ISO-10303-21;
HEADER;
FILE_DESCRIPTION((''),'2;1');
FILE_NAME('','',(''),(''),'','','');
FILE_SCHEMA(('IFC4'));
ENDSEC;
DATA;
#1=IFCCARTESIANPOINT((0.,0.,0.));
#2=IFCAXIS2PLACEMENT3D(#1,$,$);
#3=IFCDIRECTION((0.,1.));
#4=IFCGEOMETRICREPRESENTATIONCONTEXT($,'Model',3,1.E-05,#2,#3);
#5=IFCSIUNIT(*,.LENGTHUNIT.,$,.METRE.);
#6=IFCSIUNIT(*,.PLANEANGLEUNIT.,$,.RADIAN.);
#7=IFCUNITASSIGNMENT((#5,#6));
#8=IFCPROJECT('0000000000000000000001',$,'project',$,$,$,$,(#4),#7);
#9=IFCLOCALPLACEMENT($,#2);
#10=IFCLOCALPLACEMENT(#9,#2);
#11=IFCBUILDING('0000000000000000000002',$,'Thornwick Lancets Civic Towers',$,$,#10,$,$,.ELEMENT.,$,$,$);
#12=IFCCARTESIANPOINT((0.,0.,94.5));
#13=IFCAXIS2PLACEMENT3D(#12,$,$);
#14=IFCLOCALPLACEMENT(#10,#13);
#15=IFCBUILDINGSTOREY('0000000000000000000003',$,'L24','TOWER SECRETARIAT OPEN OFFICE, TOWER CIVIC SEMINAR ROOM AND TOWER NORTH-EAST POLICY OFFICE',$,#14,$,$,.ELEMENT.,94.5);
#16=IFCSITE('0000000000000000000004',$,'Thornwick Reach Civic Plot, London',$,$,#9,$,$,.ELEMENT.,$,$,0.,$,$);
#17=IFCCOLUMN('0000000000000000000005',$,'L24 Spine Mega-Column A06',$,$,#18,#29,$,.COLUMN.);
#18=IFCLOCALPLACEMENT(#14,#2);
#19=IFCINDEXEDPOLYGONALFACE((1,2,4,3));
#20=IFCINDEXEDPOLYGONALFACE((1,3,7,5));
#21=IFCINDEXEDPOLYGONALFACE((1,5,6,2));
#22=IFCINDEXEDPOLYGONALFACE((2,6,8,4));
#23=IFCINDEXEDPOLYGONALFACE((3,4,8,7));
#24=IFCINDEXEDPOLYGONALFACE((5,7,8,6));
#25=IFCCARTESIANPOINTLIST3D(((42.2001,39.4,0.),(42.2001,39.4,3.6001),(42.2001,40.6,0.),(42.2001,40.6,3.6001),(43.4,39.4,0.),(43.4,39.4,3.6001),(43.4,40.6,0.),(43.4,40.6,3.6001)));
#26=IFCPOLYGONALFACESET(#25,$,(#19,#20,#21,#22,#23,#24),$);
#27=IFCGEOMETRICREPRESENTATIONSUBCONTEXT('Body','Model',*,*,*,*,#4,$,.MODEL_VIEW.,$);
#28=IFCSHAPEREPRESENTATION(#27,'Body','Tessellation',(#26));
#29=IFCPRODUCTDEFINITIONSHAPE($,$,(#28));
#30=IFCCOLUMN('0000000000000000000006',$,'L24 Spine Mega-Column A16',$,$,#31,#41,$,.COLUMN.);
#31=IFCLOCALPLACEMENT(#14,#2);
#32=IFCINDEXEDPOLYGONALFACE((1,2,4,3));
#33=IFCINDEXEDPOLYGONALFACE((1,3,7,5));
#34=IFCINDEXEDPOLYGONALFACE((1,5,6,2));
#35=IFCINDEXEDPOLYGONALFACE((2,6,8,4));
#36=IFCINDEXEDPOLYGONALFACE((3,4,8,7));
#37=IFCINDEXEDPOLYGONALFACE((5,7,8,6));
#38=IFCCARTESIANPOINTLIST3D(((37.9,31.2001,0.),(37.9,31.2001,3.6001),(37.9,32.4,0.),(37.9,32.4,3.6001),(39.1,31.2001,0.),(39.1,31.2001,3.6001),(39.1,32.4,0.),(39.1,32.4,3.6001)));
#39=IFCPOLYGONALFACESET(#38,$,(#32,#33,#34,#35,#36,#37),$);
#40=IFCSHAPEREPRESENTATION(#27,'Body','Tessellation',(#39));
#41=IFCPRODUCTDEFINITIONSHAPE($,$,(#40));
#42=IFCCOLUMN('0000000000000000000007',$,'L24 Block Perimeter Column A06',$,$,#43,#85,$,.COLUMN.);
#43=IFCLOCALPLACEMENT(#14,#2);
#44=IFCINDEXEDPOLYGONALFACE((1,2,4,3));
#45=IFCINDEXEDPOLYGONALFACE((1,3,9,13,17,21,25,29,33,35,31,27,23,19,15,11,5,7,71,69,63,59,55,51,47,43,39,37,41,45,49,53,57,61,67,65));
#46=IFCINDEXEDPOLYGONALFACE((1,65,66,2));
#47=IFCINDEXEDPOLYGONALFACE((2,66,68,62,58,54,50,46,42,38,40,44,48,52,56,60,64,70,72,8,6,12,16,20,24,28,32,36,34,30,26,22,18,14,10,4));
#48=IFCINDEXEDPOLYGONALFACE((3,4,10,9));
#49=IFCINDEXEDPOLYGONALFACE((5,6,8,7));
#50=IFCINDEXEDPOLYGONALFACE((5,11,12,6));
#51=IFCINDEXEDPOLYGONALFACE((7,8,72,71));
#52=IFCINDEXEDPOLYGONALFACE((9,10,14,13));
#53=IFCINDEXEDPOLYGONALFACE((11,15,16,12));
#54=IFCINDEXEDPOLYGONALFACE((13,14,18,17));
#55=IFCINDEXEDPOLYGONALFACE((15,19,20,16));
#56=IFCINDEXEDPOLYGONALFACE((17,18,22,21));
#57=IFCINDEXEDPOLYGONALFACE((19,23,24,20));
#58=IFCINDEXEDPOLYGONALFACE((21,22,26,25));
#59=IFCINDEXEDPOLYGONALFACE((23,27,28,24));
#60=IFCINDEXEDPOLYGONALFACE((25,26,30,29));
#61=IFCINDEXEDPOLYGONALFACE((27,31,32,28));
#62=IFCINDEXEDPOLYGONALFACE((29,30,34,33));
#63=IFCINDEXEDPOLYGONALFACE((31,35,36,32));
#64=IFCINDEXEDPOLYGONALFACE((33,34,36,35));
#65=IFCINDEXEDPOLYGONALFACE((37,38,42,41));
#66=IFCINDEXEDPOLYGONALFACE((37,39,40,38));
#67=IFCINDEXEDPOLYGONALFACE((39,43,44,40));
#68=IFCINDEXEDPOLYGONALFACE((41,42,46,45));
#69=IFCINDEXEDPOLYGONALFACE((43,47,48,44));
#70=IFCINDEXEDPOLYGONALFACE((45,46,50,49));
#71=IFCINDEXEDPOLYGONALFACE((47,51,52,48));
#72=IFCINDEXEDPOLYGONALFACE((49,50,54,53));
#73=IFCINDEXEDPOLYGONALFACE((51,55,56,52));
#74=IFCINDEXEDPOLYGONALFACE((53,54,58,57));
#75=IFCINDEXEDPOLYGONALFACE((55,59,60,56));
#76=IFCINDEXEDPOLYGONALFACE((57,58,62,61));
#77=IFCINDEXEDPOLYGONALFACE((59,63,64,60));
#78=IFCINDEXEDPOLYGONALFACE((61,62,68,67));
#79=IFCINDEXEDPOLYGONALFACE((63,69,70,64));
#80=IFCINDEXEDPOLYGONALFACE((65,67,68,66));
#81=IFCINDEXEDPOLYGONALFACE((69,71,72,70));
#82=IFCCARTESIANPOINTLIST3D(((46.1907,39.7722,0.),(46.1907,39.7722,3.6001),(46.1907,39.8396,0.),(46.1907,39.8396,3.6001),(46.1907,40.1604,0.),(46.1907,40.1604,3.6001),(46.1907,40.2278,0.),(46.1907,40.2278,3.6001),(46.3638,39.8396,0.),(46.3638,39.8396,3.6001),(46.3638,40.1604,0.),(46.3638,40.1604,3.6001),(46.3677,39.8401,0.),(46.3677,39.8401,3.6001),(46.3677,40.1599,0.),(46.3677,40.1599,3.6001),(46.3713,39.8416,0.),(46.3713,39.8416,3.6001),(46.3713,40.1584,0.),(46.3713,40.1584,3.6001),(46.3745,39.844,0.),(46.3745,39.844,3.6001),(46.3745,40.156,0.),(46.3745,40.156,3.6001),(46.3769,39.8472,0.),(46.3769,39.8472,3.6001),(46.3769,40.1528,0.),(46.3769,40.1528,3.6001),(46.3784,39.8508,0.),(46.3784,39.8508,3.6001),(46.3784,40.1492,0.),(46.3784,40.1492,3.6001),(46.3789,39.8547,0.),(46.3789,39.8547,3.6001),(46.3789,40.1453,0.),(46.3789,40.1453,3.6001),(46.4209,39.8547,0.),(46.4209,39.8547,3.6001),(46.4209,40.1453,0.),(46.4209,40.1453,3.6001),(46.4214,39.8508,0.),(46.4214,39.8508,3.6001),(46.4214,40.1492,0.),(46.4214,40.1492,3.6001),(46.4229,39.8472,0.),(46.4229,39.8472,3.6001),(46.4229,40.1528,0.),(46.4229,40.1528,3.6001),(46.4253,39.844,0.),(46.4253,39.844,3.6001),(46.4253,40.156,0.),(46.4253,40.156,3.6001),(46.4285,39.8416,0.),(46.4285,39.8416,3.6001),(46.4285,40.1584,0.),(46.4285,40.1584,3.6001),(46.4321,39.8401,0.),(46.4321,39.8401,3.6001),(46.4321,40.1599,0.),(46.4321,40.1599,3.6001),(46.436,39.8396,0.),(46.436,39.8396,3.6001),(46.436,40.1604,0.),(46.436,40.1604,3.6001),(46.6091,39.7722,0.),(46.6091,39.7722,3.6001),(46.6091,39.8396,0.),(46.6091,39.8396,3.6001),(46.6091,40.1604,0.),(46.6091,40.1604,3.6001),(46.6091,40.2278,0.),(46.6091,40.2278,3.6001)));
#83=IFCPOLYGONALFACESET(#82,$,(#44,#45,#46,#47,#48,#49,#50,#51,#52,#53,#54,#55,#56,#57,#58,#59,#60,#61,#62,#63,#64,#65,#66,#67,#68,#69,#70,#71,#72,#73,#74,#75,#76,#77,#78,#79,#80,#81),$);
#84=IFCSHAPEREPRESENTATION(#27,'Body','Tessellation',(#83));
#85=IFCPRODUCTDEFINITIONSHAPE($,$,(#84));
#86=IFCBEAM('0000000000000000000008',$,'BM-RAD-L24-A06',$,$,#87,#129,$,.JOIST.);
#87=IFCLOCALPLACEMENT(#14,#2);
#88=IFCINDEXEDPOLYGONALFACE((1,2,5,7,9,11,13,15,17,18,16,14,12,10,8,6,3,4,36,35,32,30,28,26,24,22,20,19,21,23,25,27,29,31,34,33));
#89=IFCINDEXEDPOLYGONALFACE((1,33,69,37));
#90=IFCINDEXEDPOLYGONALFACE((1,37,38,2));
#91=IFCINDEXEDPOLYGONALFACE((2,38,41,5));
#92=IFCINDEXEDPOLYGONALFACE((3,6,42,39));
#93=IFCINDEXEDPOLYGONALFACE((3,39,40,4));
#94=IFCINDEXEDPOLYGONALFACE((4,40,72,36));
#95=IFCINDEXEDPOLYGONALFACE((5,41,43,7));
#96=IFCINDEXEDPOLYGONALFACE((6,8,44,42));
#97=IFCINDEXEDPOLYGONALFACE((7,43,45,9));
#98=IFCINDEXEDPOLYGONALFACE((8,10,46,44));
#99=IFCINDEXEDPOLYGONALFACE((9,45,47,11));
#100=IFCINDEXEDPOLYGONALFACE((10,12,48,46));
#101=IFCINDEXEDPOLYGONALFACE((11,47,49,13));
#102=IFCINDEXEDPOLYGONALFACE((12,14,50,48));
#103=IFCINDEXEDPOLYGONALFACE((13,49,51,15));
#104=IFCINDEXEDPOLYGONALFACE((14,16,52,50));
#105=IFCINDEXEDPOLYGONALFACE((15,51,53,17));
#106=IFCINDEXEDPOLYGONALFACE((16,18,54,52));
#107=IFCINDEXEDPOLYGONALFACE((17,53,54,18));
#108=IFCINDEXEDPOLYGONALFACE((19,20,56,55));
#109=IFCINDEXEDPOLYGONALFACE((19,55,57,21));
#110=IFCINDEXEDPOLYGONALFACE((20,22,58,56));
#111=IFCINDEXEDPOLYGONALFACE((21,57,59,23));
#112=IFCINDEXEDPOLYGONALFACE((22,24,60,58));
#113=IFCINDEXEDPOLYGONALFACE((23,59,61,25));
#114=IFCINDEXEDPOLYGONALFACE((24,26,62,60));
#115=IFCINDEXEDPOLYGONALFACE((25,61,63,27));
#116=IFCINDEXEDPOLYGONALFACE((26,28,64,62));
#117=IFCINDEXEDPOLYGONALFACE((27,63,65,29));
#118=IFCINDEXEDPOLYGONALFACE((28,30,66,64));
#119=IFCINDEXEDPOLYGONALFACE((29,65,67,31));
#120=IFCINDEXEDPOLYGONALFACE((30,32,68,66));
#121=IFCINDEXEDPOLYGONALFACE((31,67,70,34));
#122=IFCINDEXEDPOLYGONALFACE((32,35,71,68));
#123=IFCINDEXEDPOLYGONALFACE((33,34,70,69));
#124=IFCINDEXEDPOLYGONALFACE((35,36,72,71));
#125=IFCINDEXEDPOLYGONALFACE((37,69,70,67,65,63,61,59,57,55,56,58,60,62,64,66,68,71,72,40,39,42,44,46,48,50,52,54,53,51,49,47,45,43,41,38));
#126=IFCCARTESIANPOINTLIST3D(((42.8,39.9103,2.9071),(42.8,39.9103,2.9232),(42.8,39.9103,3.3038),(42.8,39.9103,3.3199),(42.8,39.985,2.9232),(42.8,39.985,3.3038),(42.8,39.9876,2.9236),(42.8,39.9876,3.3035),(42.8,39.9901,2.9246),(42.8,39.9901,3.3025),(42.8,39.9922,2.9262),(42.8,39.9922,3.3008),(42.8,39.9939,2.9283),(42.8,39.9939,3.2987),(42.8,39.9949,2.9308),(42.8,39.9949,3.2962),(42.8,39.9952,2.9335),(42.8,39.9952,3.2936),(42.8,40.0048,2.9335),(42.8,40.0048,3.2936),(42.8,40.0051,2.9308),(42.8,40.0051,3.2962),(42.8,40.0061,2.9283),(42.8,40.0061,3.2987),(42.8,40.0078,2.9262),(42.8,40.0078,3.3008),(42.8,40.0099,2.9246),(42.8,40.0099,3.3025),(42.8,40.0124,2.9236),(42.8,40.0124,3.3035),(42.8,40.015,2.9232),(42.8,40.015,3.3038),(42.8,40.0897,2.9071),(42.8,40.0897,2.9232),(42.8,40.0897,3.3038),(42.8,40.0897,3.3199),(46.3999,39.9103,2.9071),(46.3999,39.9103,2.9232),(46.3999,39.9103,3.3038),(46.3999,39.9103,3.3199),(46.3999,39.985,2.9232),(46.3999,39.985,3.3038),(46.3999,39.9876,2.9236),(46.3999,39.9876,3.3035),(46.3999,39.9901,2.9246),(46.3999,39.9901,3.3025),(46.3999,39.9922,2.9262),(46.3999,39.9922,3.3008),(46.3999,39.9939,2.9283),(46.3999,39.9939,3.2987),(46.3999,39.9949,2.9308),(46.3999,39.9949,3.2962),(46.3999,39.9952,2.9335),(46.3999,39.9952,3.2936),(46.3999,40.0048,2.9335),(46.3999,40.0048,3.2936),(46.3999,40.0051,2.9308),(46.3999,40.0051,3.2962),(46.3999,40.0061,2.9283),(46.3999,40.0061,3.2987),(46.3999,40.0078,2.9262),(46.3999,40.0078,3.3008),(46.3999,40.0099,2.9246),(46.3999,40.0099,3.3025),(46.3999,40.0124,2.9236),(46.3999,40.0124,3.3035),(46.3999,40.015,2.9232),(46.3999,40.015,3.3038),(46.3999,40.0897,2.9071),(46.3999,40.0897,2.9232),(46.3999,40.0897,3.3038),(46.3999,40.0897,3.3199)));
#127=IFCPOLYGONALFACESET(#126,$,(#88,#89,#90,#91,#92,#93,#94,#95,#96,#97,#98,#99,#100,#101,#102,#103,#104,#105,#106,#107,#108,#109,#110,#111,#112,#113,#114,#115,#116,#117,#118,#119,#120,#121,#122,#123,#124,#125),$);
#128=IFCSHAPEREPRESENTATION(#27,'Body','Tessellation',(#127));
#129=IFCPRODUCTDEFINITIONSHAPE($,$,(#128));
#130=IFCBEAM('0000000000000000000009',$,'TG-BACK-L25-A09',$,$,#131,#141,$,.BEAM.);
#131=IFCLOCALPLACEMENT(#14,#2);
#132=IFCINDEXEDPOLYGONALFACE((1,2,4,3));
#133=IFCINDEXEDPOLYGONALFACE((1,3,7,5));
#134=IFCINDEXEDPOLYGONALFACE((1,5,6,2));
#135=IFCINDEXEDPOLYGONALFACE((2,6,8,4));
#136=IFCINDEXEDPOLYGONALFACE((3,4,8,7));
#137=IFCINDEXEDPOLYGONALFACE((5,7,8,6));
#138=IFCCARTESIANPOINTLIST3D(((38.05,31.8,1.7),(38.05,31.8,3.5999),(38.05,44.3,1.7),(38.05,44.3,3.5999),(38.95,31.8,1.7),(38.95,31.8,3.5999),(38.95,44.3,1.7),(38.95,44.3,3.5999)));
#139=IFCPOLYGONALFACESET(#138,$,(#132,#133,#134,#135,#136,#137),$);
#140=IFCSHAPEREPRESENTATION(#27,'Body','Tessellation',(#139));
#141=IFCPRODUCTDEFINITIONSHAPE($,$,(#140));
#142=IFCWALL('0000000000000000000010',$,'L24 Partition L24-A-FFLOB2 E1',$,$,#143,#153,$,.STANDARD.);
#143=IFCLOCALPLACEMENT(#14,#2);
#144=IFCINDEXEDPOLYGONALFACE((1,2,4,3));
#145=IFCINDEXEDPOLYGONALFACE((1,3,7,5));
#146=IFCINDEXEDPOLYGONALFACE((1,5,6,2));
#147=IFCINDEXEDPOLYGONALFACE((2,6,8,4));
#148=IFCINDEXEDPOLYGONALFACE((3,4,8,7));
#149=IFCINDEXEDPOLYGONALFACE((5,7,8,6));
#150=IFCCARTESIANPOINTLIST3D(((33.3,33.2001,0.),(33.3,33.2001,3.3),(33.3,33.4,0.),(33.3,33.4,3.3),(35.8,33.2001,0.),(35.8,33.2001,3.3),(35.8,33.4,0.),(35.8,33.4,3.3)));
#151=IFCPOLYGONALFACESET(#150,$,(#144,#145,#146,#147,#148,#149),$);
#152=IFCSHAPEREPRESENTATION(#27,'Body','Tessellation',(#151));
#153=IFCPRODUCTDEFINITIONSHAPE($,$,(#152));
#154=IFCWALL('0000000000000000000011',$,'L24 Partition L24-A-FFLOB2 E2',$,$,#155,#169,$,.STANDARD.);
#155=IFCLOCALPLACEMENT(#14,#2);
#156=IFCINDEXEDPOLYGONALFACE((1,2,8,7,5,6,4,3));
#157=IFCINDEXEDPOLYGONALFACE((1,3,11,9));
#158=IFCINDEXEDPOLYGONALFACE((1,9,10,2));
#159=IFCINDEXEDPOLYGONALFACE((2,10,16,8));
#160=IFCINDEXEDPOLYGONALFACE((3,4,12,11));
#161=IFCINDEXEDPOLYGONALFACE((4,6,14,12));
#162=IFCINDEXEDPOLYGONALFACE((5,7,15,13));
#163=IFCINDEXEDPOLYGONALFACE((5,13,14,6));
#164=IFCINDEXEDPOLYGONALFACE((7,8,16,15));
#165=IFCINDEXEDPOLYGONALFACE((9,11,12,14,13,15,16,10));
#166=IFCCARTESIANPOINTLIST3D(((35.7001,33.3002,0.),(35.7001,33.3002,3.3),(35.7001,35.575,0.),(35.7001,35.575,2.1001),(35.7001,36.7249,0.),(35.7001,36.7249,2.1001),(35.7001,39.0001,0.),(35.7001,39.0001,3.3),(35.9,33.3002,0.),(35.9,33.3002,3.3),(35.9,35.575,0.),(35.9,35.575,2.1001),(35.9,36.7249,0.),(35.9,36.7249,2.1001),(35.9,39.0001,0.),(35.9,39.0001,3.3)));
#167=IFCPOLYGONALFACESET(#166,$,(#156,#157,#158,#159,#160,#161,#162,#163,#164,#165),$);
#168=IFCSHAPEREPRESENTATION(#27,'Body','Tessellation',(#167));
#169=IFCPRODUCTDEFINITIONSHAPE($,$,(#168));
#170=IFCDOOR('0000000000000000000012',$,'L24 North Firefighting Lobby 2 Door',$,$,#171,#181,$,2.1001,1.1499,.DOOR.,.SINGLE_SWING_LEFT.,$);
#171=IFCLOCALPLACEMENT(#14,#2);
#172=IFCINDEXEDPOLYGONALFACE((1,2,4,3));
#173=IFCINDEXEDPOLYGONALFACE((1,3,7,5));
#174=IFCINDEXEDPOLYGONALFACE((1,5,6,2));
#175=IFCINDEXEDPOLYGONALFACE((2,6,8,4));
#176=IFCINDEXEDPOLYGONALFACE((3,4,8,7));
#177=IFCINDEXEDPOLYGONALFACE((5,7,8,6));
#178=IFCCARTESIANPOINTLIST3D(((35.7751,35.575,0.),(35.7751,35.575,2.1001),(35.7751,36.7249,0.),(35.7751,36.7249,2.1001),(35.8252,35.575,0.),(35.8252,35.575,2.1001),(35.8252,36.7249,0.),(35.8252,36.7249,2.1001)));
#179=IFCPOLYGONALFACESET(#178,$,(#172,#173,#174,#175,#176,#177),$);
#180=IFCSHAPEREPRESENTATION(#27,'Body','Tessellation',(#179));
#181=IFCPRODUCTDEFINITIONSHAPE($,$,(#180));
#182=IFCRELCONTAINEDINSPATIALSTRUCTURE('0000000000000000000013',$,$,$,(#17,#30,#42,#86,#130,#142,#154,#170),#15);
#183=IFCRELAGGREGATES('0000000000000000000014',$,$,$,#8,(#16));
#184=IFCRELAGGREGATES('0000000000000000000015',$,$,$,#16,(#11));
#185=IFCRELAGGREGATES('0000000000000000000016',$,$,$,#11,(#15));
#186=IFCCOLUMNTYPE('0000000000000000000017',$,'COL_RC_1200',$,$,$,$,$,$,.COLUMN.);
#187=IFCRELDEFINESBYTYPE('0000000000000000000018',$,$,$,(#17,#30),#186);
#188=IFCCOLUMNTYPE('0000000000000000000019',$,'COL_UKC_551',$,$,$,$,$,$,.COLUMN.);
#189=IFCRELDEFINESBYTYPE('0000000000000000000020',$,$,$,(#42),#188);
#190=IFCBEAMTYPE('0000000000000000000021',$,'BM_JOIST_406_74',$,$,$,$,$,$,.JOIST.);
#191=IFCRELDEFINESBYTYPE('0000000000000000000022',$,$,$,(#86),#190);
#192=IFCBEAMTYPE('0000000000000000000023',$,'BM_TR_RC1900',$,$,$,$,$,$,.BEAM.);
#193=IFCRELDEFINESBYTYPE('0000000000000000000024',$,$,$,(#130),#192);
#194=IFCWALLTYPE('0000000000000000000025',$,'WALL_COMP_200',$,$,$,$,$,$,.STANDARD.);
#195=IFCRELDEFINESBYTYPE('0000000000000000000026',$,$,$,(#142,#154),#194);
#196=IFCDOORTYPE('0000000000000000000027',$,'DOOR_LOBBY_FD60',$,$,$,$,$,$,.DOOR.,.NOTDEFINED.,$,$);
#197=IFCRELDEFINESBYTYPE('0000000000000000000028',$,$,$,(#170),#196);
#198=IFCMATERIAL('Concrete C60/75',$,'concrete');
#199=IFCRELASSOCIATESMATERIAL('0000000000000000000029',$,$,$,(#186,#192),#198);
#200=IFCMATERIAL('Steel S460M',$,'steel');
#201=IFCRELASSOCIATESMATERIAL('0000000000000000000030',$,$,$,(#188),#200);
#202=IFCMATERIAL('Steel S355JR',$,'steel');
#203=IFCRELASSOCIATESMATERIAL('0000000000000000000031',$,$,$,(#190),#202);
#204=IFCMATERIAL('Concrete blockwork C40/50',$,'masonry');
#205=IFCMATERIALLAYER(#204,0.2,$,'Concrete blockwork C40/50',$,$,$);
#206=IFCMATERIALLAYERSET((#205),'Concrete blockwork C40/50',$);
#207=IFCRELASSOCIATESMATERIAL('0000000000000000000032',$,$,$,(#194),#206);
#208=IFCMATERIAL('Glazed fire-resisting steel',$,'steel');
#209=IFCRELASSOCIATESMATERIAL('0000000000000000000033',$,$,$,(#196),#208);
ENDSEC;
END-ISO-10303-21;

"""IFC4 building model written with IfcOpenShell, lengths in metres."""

from ifc_helpers import new_model, si_unit, direction, frame, frame_2d, origin, origin_2d, place, context, subcontext, project, spatial, rectangle, i_section, extrude, material, layer, layer_set, material_profile, profile_set, type_object, element, fill, save


model = new_model("IFC4")

# Units and contexts
model_context = context("Model", 3, precision=1e-05, world=origin(), true_north=direction((0.0, 1.0)))
body_context = subcontext(model_context, "Body", "Model", "MODEL_VIEW")
ifc_project = project(units=[si_unit("LENGTHUNIT", "METRE"), si_unit("PLANEANGLEUNIT", "RADIAN")], contexts=[model_context])

# Site, building, storey
site_placement = place(None, origin())
site = spatial("IfcSite", under=ifc_project, at=site_placement, Name="Thornwick Reach Civic Plot, London", CompositionType="ELEMENT", RefElevation=0.0)
building_placement = place(site_placement, origin())
building = spatial("IfcBuilding", under=site, at=building_placement, Name="Thornwick Lancets Civic Towers", CompositionType="ELEMENT")
storey_placement = place(building_placement, frame((0.0, 0.0, 94.5)))
storey = spatial("IfcBuildingStorey", under=building, at=storey_placement, Name="L24", Description="TOWER SECRETARIAT OPEN OFFICE, TOWER CIVIC SEMINAR ROOM AND TOWER NORTH-EAST POLICY OFFICE", CompositionType="ELEMENT", Elevation=94.5)

# Columns
ifc_material_1 = material(Name="Concrete C60/75", Category="concrete")
ifc_material_profile_1 = material_profile(ifc_material_1, rectangle(XDim=1.2, YDim=1.2, at=origin_2d()), Name="RC 1200x1200")
ifc_profile_set_1 = profile_set([ifc_material_profile_1], Name="Concrete C60/75")
column_type_1 = type_object("IfcColumnType", Name="COL_RC_1200", PredefinedType="COLUMN", material=ifc_profile_set_1)
for number, where, z_axis, x_axis, name in (
    (1, (42.8, 40.0, 0.0), (0.0, 0.0, 1.0), (1.0, 0.0, 0.0), "L24 Spine Mega-Column A06"),
    (2, (38.5, 31.8, 0.0), (0.0, 0.0, 1.0), (1.0, 0.0, 0.0), "L24 Spine Mega-Column A16"),
):
    element("IfcColumn", number, at=place(storey_placement, frame(where, z_axis=z_axis, x_axis=x_axis)), inside=storey, type_object=column_type_1, Name=name, PredefinedType="COLUMN", context=body_context, shape_type="SweptSolid", body=[
        extrude(rectangle(XDim=1.2, YDim=1.2, at=origin_2d()), origin(), (0.0, 0.0, 1.0), 3.6001),
    ])
ifc_material_2 = material(Name="Steel S460M", Category="steel")
ifc_material_profile_2 = material_profile(ifc_material_2, i_section(OverallWidth=0.4185, OverallDepth=0.4556, WebThickness=0.042, FlangeThickness=0.0674, FilletRadius=0.0151, at=origin_2d()), Name="UKC 356x406x551")
ifc_profile_set_2 = profile_set([ifc_material_profile_2], Name="Steel S460M")
column_type_2 = type_object("IfcColumnType", Name="COL_UKC_551", PredefinedType="COLUMN", material=ifc_profile_set_2)
column_placement = place(storey_placement, frame((46.3999, 40.0, 0.0), z_axis=(0.0, 0.0, 1.0), x_axis=(1.0, 0.0, 0.0)))
element("IfcColumn", 3, at=column_placement, inside=storey, type_object=column_type_2, Name="L24 Block Perimeter Column A06", PredefinedType="COLUMN", context=body_context, shape_type="SweptSolid", body=[
    extrude(i_section(OverallWidth=0.4185, OverallDepth=0.4556, WebThickness=0.042, FlangeThickness=0.0674, FilletRadius=0.0151, at=origin_2d()), origin(), (0.0, 0.0, 1.0), 3.6001),
])

# Beams
ifc_material_3 = material(Name="Steel S355JR", Category="steel")
ifc_material_profile_3 = material_profile(ifc_material_3, i_section(OverallWidth=0.1794, OverallDepth=0.4128, WebThickness=0.0095, FlangeThickness=0.0161, FilletRadius=0.0103, at=origin_2d()), Name="UKB 406x178x74")
ifc_profile_set_3 = profile_set([ifc_material_profile_3], Name="Steel S355JR")
beam_type_1 = type_object("IfcBeamType", Name="BM_JOIST_406_74", PredefinedType="JOIST", material=ifc_profile_set_3)
beam_1_placement = place(storey_placement, frame((42.8, 40.0, 3.1135), z_axis=(1.0, 0.0, 0.0), x_axis=(0.0, 1.0, 0.0)))
element("IfcBeam", 4, at=beam_1_placement, inside=storey, type_object=beam_type_1, Name="BM-RAD-L24-A06", PredefinedType="JOIST", context=body_context, shape_type="SweptSolid", body=[
    extrude(i_section(OverallWidth=0.1794, OverallDepth=0.4128, WebThickness=0.0095, FlangeThickness=0.0161, FilletRadius=0.0103, at=origin_2d()), origin(), (0.0, 0.0, 1.0), 3.5999),
])
ifc_material_profile_4 = material_profile(ifc_material_1, rectangle(XDim=0.8999, YDim=1.8999, at=origin_2d()), Name="RC 900x1900")
ifc_profile_set_4 = profile_set([ifc_material_profile_4], Name="Concrete C60/75")
beam_type_2 = type_object("IfcBeamType", Name="BM_TR_RC1900", PredefinedType="BEAM", material=ifc_profile_set_4)
beam_2_placement = place(storey_placement, frame((38.5, 31.8, 2.6499), z_axis=(0.0, 1.0, 0.0), x_axis=(-1.0, 0.0, 0.0)))
element("IfcBeam", 5, at=beam_2_placement, inside=storey, type_object=beam_type_2, Name="TG-BACK-L25-A09", PredefinedType="BEAM", context=body_context, shape_type="SweptSolid", body=[
    extrude(rectangle(XDim=0.8999, YDim=1.8999, at=origin_2d()), origin(), (0.0, 0.0, 1.0), 12.5),
])

# Wall
ifc_material_4 = material(Name="Concrete blockwork C40/50", Category="masonry")
ifc_layer_1 = layer(ifc_material_4, 0.2, Name="Concrete blockwork C40/50")
ifc_layer_set_1 = layer_set([ifc_layer_1], Name="Concrete blockwork C40/50")
wall_type_1 = type_object("IfcWallType", Name="WALL_COMP_200", PredefinedType="STANDARD", material=ifc_layer_set_1)
wall_1_placement = place(storey_placement, frame((33.3, 33.3, 0.0), z_axis=(0.0, 0.0, 1.0), x_axis=(1.0, 0.0, 0.0)))
element("IfcWall", 6, at=wall_1_placement, inside=storey, type_object=wall_type_1, Name="L24 Partition L24-A-FFLOB2 E1", PredefinedType="STANDARD", context=body_context, shape_type="SweptSolid", body=[
    extrude(rectangle(XDim=2.5, YDim=0.2, at=frame_2d((1.25, 0.0))), origin(), (0.0, 0.0, 1.0), 3.3),
])

# Wall, opening, door
wall_2_placement = place(storey_placement, frame((35.8, 33.3, 0.0), z_axis=(0.0, 0.0, 1.0), x_axis=(0.0, 1.0, 0.0)))
wall_2 = element("IfcWall", 7, at=wall_2_placement, inside=storey, type_object=wall_type_1, Name="L24 Partition L24-A-FFLOB2 E2", PredefinedType="STANDARD", context=body_context, shape_type="SweptSolid", body=[
    extrude(rectangle(XDim=5.7, YDim=0.2, at=frame_2d((2.8501, 0.0))), origin(), (0.0, 0.0, 1.0), 3.3),
])
opening_1_placement = place(wall_2_placement, frame((2.2749, 0.0, 0.0)))
opening_1 = element("IfcOpeningElement", 8, at=opening_1_placement, cuts=wall_2, PredefinedType="OPENING", context=body_context, shape_type="SweptSolid", body=[
    extrude(rectangle(XDim=1.1499, YDim=2.1001, at=frame_2d((0.575, 1.05))), frame((0.0, 0.1099, 0.0), z_axis=(0.0, -1.0, 0.0), x_axis=(1.0, 0.0, 0.0)), (0.0, 0.0, 1.0), 0.22),
])
ifc_material_5 = material(Name="Glazed fire-resisting steel", Category="steel")
door_type_1 = type_object("IfcDoorType", Name="DOOR_LOBBY_FD60", OperationType="NOTDEFINED", PredefinedType="DOOR", material=ifc_material_5)
door_1_placement = place(opening_1_placement, origin())
door_1 = element("IfcDoor", 9, at=door_1_placement, inside=storey, type_object=door_type_1, Name="L24 North Firefighting Lobby 2 Door", OperationType="SINGLE_SWING_LEFT", OverallHeight=2.1001, OverallWidth=1.1499, PredefinedType="DOOR", context=body_context, shape_type="SweptSolid", body=[
    extrude(rectangle(XDim=1.1499, YDim=2.1001, at=frame_2d((0.575, 1.05))), frame((0.0, 0.0249, 0.0), z_axis=(0.0, -1.0, 0.0), x_axis=(1.0, 0.0, 0.0)), (0.0, 0.0, 1.0), 0.05),
])
fill(opening_1, door_1)

save(model, "model.ifc")
